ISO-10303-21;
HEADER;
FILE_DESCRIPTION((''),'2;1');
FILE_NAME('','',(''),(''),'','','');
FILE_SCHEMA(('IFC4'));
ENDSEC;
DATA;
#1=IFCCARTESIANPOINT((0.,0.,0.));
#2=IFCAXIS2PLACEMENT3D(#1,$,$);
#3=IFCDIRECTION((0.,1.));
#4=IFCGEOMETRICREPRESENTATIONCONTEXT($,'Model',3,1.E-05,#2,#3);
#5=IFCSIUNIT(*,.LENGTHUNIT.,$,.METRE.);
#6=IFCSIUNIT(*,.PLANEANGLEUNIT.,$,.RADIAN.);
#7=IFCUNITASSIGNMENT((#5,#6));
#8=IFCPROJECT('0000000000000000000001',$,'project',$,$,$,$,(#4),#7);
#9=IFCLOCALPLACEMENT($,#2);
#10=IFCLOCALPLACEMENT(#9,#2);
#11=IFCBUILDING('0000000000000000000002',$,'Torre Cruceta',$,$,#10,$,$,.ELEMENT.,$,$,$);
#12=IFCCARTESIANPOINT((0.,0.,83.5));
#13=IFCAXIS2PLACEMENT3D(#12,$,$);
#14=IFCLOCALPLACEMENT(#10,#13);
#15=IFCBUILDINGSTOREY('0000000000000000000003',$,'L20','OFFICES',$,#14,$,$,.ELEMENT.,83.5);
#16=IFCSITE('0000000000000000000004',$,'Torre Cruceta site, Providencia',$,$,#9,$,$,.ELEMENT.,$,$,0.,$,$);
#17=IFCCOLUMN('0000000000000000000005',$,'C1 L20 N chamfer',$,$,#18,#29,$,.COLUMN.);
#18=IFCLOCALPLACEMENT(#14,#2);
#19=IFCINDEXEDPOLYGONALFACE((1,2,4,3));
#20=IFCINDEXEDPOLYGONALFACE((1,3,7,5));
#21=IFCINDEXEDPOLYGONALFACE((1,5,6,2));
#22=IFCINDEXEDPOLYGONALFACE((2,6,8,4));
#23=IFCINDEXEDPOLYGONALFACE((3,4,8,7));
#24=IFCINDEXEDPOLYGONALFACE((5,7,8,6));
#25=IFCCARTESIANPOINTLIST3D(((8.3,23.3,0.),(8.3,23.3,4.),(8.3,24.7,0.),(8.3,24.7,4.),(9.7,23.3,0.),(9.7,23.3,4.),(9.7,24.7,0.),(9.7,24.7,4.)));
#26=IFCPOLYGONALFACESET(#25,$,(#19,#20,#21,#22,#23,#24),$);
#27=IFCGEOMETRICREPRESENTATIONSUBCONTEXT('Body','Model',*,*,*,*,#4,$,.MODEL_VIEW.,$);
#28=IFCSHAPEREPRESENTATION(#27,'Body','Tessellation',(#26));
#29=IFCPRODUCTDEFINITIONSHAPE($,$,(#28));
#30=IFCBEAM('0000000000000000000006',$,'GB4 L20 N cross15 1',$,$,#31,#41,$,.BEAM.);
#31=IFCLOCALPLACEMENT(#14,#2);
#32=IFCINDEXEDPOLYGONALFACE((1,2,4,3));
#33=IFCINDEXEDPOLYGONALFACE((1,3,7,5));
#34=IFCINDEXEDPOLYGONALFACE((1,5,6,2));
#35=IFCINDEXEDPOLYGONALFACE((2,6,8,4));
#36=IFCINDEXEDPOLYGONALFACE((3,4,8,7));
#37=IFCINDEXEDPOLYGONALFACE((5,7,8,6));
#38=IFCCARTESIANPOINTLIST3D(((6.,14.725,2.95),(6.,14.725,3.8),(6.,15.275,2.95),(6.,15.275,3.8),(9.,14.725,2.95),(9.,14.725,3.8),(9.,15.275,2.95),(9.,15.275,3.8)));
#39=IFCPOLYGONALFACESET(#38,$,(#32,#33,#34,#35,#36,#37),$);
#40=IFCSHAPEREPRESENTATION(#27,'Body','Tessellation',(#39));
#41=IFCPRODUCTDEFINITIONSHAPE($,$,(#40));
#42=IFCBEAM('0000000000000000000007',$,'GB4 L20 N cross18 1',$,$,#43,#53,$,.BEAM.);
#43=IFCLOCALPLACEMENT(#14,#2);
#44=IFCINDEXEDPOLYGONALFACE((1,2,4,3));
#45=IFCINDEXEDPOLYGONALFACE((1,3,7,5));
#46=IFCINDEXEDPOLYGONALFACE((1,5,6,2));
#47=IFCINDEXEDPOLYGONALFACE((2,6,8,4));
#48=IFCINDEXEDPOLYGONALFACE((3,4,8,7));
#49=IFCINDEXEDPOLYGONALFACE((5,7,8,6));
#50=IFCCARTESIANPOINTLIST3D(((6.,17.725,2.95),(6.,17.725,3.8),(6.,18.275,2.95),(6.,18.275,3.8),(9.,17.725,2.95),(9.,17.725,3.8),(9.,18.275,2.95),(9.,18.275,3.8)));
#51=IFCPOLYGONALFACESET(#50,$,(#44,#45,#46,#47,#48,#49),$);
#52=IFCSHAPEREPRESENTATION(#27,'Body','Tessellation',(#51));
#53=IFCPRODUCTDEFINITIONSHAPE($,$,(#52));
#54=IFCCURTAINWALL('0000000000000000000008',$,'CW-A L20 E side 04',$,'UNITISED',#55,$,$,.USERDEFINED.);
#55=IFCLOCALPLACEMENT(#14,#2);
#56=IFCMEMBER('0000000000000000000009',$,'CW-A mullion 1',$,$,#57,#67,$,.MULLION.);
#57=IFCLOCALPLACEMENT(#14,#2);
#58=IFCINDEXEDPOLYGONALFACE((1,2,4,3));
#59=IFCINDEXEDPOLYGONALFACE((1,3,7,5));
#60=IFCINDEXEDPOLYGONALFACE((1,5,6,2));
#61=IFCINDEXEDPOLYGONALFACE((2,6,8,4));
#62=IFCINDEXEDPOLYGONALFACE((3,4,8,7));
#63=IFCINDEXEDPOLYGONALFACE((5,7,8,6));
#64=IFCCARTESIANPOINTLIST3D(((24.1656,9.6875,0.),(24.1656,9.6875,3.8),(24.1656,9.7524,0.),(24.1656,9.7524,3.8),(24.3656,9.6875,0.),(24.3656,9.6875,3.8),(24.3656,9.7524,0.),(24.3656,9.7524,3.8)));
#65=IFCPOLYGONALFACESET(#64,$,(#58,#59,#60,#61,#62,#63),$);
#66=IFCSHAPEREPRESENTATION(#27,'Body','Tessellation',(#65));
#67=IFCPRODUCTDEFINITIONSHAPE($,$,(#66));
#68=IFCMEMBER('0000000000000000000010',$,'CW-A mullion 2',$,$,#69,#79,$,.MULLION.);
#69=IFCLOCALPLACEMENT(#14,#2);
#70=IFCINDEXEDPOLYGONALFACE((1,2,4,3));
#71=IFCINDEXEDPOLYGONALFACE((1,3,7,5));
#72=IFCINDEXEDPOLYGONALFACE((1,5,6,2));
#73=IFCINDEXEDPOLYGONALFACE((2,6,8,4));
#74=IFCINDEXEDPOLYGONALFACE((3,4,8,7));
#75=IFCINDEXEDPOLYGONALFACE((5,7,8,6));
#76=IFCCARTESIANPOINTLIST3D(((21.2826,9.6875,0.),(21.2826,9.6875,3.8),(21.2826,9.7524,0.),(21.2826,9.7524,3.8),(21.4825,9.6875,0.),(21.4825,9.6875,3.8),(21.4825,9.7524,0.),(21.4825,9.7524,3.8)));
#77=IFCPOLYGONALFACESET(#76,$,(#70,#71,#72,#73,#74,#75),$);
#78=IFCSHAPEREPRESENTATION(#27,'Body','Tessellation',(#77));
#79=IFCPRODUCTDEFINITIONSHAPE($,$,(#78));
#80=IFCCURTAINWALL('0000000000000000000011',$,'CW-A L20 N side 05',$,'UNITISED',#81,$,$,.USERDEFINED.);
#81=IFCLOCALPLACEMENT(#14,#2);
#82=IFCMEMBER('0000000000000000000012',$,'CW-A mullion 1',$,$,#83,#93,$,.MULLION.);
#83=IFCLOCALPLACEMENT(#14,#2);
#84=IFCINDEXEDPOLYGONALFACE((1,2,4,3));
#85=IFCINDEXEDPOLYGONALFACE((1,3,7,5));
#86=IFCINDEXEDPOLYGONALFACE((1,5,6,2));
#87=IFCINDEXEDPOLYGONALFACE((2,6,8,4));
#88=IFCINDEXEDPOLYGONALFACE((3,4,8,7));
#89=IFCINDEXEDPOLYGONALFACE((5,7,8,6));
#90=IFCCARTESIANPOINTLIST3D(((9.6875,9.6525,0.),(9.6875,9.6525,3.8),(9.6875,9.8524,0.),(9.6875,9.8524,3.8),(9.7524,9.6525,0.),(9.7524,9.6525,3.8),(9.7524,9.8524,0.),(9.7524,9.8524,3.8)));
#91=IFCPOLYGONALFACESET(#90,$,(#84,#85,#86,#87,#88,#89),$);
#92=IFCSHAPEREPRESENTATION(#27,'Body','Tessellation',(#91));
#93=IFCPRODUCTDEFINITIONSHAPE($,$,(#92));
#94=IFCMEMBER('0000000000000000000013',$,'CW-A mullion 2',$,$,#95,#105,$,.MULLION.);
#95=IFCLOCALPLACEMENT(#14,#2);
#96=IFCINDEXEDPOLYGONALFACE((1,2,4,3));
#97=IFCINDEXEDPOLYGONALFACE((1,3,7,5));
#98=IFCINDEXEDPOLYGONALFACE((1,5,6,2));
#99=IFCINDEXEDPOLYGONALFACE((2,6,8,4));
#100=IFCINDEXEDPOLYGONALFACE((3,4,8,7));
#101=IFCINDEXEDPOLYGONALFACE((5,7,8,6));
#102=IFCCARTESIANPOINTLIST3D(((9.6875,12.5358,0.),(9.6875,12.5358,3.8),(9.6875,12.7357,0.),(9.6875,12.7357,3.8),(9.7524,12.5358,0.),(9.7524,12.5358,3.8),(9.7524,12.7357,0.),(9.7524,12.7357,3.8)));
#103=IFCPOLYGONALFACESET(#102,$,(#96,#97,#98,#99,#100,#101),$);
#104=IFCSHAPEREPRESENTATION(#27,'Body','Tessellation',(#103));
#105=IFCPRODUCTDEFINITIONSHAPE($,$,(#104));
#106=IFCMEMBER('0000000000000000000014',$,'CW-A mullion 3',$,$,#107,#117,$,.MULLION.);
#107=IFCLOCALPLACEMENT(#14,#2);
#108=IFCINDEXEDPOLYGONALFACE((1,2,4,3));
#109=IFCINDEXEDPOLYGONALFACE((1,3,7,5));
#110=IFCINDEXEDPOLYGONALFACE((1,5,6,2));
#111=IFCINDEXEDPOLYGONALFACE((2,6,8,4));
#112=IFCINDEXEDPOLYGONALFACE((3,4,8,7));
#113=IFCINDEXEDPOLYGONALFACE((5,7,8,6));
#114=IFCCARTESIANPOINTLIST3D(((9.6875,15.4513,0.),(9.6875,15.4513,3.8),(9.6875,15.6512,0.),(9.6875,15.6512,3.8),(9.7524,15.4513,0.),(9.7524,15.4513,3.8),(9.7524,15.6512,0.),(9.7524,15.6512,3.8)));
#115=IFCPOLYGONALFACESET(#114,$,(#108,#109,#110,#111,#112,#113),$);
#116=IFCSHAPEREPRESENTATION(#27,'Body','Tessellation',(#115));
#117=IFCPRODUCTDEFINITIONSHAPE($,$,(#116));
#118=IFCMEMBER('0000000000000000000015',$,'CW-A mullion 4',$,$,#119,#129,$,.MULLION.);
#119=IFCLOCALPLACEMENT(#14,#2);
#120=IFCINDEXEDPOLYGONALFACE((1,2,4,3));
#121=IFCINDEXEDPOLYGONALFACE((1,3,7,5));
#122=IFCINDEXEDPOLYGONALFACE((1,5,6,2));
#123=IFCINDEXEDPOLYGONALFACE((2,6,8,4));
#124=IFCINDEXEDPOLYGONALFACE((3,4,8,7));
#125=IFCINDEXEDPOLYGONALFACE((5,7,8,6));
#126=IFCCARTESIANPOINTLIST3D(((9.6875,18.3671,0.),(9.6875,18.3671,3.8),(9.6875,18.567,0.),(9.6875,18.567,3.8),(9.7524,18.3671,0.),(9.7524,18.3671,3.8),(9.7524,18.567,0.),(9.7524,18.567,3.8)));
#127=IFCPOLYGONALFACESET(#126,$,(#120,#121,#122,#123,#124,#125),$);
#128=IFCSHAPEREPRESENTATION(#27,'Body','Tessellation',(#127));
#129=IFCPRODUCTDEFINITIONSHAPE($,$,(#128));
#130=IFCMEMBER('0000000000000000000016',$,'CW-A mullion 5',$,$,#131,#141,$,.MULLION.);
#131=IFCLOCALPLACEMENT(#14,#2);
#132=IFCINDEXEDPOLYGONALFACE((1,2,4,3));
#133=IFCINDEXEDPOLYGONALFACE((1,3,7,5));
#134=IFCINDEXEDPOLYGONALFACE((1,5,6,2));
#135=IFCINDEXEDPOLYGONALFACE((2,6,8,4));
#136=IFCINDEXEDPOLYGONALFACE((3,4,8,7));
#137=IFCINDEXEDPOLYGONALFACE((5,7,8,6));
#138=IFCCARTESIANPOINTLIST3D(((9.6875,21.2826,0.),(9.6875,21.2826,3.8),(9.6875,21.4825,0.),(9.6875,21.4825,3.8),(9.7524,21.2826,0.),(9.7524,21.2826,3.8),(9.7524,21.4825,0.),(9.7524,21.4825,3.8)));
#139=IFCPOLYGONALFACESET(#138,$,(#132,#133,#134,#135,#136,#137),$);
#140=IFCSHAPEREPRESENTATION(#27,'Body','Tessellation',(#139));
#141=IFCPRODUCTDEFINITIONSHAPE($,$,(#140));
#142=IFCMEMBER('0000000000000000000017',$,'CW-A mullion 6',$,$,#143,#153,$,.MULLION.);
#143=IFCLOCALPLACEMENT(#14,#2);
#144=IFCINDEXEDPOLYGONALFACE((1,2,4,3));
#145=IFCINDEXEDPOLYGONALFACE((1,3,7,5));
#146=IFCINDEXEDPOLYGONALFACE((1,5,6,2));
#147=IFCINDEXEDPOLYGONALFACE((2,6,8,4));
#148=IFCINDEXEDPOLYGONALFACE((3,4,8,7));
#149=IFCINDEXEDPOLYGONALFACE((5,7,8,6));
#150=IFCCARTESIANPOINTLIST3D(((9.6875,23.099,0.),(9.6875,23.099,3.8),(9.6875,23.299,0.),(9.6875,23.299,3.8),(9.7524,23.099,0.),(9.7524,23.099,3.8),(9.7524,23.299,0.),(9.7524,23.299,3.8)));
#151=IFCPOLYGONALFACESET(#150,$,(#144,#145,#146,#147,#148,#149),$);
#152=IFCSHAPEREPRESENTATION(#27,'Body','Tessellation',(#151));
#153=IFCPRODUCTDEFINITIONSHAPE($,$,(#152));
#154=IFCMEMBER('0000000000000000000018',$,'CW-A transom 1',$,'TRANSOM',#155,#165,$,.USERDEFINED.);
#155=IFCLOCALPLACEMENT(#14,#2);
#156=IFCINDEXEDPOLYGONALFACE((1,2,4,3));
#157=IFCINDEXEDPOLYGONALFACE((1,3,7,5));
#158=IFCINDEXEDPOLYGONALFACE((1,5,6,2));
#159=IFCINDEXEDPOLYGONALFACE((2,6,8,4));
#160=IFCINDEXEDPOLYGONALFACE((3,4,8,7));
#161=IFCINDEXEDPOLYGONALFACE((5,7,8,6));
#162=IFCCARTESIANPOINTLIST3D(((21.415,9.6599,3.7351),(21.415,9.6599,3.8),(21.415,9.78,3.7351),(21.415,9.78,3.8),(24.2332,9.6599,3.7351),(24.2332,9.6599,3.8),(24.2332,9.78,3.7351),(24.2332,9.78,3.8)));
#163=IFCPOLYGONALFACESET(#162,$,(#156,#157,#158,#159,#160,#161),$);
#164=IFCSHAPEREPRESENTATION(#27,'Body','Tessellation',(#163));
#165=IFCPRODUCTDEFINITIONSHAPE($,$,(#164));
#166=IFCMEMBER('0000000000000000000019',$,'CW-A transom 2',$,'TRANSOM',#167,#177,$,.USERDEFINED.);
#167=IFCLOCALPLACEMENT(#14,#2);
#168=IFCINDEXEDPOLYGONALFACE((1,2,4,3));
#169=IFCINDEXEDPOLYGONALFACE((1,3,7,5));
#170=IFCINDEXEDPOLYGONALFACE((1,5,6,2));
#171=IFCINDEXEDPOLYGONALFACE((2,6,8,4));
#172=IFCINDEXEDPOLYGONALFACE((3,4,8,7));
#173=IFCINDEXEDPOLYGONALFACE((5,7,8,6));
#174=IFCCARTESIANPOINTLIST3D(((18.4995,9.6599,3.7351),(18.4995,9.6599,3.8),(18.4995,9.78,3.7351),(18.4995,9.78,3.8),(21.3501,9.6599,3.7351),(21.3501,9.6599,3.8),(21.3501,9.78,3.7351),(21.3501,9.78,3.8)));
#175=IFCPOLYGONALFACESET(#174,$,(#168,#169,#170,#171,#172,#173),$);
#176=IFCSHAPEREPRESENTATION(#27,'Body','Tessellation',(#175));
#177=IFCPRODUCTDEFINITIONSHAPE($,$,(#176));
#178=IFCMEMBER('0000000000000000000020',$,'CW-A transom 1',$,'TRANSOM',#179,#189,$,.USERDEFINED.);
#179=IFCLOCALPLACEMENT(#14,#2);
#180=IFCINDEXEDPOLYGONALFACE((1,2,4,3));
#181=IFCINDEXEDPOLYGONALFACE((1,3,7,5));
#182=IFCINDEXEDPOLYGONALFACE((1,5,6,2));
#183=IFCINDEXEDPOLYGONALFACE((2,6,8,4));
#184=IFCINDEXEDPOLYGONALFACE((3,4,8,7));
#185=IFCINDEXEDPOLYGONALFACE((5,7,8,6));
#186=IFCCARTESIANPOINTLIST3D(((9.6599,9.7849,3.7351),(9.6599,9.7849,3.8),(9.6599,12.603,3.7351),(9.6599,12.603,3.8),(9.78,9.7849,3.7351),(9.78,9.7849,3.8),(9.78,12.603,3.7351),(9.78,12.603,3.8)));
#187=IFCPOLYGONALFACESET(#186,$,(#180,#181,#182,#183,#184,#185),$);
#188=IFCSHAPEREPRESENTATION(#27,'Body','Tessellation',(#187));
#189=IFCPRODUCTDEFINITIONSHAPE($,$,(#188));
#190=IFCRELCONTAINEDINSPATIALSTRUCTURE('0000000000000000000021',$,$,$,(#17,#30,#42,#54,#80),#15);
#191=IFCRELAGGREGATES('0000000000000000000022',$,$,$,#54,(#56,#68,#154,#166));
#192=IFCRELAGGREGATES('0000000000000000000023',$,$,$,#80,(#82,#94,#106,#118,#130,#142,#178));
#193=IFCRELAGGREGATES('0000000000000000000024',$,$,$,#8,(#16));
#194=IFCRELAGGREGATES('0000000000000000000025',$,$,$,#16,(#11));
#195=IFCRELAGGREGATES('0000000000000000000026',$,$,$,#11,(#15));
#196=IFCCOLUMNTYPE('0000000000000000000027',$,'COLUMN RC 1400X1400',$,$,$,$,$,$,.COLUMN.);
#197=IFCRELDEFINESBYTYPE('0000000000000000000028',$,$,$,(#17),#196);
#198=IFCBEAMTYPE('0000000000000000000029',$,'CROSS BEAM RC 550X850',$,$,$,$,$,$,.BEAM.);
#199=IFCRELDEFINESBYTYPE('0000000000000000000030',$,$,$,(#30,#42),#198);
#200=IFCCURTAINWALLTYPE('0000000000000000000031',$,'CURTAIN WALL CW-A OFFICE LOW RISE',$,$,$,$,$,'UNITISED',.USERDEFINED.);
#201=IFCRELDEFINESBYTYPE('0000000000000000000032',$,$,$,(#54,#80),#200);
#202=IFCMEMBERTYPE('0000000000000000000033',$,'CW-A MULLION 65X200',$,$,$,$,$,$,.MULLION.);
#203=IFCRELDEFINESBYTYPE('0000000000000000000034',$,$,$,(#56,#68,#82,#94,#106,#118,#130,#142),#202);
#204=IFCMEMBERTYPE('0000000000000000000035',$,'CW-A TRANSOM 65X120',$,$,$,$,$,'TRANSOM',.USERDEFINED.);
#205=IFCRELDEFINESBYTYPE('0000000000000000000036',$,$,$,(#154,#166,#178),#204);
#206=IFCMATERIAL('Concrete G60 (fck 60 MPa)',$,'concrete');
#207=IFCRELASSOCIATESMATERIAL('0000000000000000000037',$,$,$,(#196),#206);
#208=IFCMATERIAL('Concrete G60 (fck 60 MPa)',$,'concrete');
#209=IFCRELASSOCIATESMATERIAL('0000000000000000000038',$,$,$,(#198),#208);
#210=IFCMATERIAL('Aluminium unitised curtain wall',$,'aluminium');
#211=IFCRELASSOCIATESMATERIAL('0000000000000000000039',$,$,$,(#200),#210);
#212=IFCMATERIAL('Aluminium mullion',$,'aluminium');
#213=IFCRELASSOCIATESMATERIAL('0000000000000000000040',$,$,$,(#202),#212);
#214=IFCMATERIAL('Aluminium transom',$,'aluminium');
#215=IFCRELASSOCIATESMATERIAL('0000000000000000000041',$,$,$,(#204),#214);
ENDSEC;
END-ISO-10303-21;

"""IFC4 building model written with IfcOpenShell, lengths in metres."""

from ifc_helpers import new_model, si_unit, direction, frame, origin, origin_2d, place, context, subcontext, project, spatial, rectangle, extrude, material, material_profile, profile_set, type_object, element, aggregate, save


model = new_model("IFC4")

# Units and contexts
model_context = context("Model", 3, precision=1e-05, world=origin(), true_north=direction((0.0, 1.0)))
body_context = subcontext(model_context, "Body", "Model", "MODEL_VIEW")
ifc_project = project(units=[si_unit("LENGTHUNIT", "METRE"), si_unit("PLANEANGLEUNIT", "RADIAN")], contexts=[model_context])

# Site, building, storey
site_placement = place(None, origin())
site = spatial("IfcSite", under=ifc_project, at=site_placement, Name="Torre Cruceta site, Providencia", CompositionType="ELEMENT", RefElevation=0.0)
building_placement = place(site_placement, origin())
building = spatial("IfcBuilding", under=site, at=building_placement, Name="Torre Cruceta", CompositionType="ELEMENT")
storey_placement = place(building_placement, frame((0.0, 0.0, 83.5)))
storey = spatial("IfcBuildingStorey", under=building, at=storey_placement, Name="L20", Description="OFFICES", CompositionType="ELEMENT", Elevation=83.5)

# Column
ifc_material_1 = material(Name="Concrete G60 (fck 60 MPa)", Category="concrete")
ifc_material_profile_1 = material_profile(ifc_material_1, rectangle(XDim=1.3999, YDim=1.3999, at=origin_2d()), Name="RC 1400X1400")
ifc_profile_set_1 = profile_set([ifc_material_profile_1], Name="Concrete G60 (fck 60 MPa)")
column_type = type_object("IfcColumnType", Name="COLUMN RC 1400X1400", PredefinedType="COLUMN", material=ifc_profile_set_1)
column_placement = place(storey_placement, frame((9.0, 24.0, 0.0), z_axis=(0.0, 0.0, 1.0), x_axis=(1.0, 0.0, 0.0)))
element("IfcColumn", 1, at=column_placement, inside=storey, type_object=column_type, Name="C1 L20 N chamfer", PredefinedType="COLUMN", context=body_context, shape_type="SweptSolid", body=[
    extrude(rectangle(XDim=1.3999, YDim=1.3999, at=origin_2d()), origin(), (0.0, 0.0, 1.0), 4.0),
])

# Beams
ifc_material_2 = material(Name="Concrete G60 (fck 60 MPa)", Category="concrete")
ifc_material_profile_2 = material_profile(ifc_material_2, rectangle(XDim=0.55, YDim=0.8501, at=origin_2d()), Name="RC 550X850")
ifc_profile_set_2 = profile_set([ifc_material_profile_2], Name="Concrete G60 (fck 60 MPa)")
beam_type_1 = type_object("IfcBeamType", Name="CROSS BEAM RC 550X850", PredefinedType="BEAM", material=ifc_profile_set_2)
for number, where, z_axis, x_axis, name in (
    (2, (9.0, 15.0, 3.375), (-1.0, 0.0, 0.0), (0.0, -1.0, 0.0), "GB4 L20 N cross15 1"),
    (3, (9.0, 18.0, 3.375), (-1.0, 0.0, 0.0), (0.0, -1.0, 0.0), "GB4 L20 N cross18 1"),
):
    element("IfcBeam", number, at=place(storey_placement, frame(where, z_axis=z_axis, x_axis=x_axis)), inside=storey, type_object=beam_type_1, Name=name, PredefinedType="BEAM", context=body_context, shape_type="SweptSolid", body=[
        extrude(rectangle(XDim=0.55, YDim=0.8501, at=origin_2d()), origin(), (0.0, 0.0, 1.0), 3.0),
    ])

# Curtain walls, members
ifc_material_3 = material(Name="Aluminium unitised curtain wall", Category="aluminium")
curtain_wall_type = type_object("IfcCurtainWallType", Name="CURTAIN WALL CW-A OFFICE LOW RISE", ElementType="UNITISED", PredefinedType="USERDEFINED", material=ifc_material_3)
curtain_wall_1_placement = place(storey_placement, origin())
curtain_wall_1 = element("IfcCurtainWall", 4, at=curtain_wall_1_placement, inside=storey, type_object=curtain_wall_type, Name="CW-A L20 E side 04", ObjectType="UNITISED", PredefinedType="USERDEFINED")
ifc_material_4 = material(Name="Aluminium mullion", Category="aluminium")
ifc_material_profile_3 = material_profile(ifc_material_4, rectangle(XDim=0.0649, YDim=0.2, at=origin_2d()), Name="AL 65X200")
ifc_profile_set_3 = profile_set([ifc_material_profile_3], Name="Aluminium mullion")
member_type_1 = type_object("IfcMemberType", Name="CW-A MULLION 65X200", PredefinedType="MULLION", material=ifc_profile_set_3)
member_1_placement = place(storey_placement, frame((24.2656, 9.72, 0.0), z_axis=(0.0, 0.0, 1.0), x_axis=(0.0, -1.0, 0.0)))
member_1 = element("IfcMember", 5, at=member_1_placement, type_object=member_type_1, Name="CW-A mullion 1", PredefinedType="MULLION", context=body_context, shape_type="SweptSolid", body=[
    extrude(rectangle(XDim=0.0649, YDim=0.2, at=origin_2d()), origin(), (0.0, 0.0, 1.0), 3.8),
])
member_2_placement = place(storey_placement, frame((21.3826, 9.72, 0.0), z_axis=(0.0, 0.0, 1.0), x_axis=(0.0, -1.0, 0.0)))
member_2 = element("IfcMember", 6, at=member_2_placement, type_object=member_type_1, Name="CW-A mullion 2", PredefinedType="MULLION", context=body_context, shape_type="SweptSolid", body=[
    extrude(rectangle(XDim=0.0649, YDim=0.2, at=origin_2d()), origin(), (0.0, 0.0, 1.0), 3.8),
])
curtain_wall_2_placement = place(storey_placement, origin())
curtain_wall_2 = element("IfcCurtainWall", 7, at=curtain_wall_2_placement, inside=storey, type_object=curtain_wall_type, Name="CW-A L20 N side 05", ObjectType="UNITISED", PredefinedType="USERDEFINED")
member_3_placement = place(storey_placement, frame((9.72, 9.7524, 0.0), z_axis=(0.0, 0.0, 1.0), x_axis=(-1.0, 0.0, 0.0)))
member_3 = element("IfcMember", 8, at=member_3_placement, type_object=member_type_1, Name="CW-A mullion 1", PredefinedType="MULLION", context=body_context, shape_type="SweptSolid", body=[
    extrude(rectangle(XDim=0.0649, YDim=0.2, at=origin_2d()), origin(), (0.0, 0.0, 1.0), 3.8),
])
member_4_placement = place(storey_placement, frame((9.72, 12.6357, 0.0), z_axis=(0.0, 0.0, 1.0), x_axis=(-1.0, 0.0, 0.0)))
member_4 = element("IfcMember", 9, at=member_4_placement, type_object=member_type_1, Name="CW-A mullion 2", PredefinedType="MULLION", context=body_context, shape_type="SweptSolid", body=[
    extrude(rectangle(XDim=0.0649, YDim=0.2, at=origin_2d()), origin(), (0.0, 0.0, 1.0), 3.8),
])
member_5_placement = place(storey_placement, frame((9.72, 15.5513, 0.0), z_axis=(0.0, 0.0, 1.0), x_axis=(-1.0, 0.0, 0.0)))
member_5 = element("IfcMember", 10, at=member_5_placement, type_object=member_type_1, Name="CW-A mullion 3", PredefinedType="MULLION", context=body_context, shape_type="SweptSolid", body=[
    extrude(rectangle(XDim=0.0649, YDim=0.2, at=origin_2d()), origin(), (0.0, 0.0, 1.0), 3.8),
])
member_6_placement = place(storey_placement, frame((9.72, 18.467, 0.0), z_axis=(0.0, 0.0, 1.0), x_axis=(-1.0, 0.0, 0.0)))
member_6 = element("IfcMember", 11, at=member_6_placement, type_object=member_type_1, Name="CW-A mullion 4", PredefinedType="MULLION", context=body_context, shape_type="SweptSolid", body=[
    extrude(rectangle(XDim=0.0649, YDim=0.2, at=origin_2d()), origin(), (0.0, 0.0, 1.0), 3.8),
])
member_7_placement = place(storey_placement, frame((9.72, 21.3826, 0.0), z_axis=(0.0, 0.0, 1.0), x_axis=(-1.0, 0.0, 0.0)))
member_7 = element("IfcMember", 12, at=member_7_placement, type_object=member_type_1, Name="CW-A mullion 5", PredefinedType="MULLION", context=body_context, shape_type="SweptSolid", body=[
    extrude(rectangle(XDim=0.0649, YDim=0.2, at=origin_2d()), origin(), (0.0, 0.0, 1.0), 3.8),
])
member_8_placement = place(storey_placement, frame((9.72, 23.199, 0.0), z_axis=(0.0, 0.0, 1.0), x_axis=(-1.0, 0.0, 0.0)))
member_8 = element("IfcMember", 13, at=member_8_placement, type_object=member_type_1, Name="CW-A mullion 6", PredefinedType="MULLION", context=body_context, shape_type="SweptSolid", body=[
    extrude(rectangle(XDim=0.0649, YDim=0.2, at=origin_2d()), origin(), (0.0, 0.0, 1.0), 3.8),
])

# Members
ifc_material_5 = material(Name="Aluminium transom", Category="aluminium")
ifc_material_profile_4 = material_profile(ifc_material_5, rectangle(XDim=0.1201, YDim=0.0649, at=origin_2d()), Name="AL 120X65")
ifc_profile_set_4 = profile_set([ifc_material_profile_4], Name="Aluminium transom")
member_type_2 = type_object("IfcMemberType", Name="CW-A TRANSOM 65X120", ElementType="TRANSOM", PredefinedType="USERDEFINED", material=ifc_profile_set_4)
member_9_placement = place(storey_placement, frame((24.2332, 9.72, 3.7676), z_axis=(-1.0, 0.0, 0.0), x_axis=(0.0, -1.0, 0.0)))
member_9 = element("IfcMember", 14, at=member_9_placement, type_object=member_type_2, Name="CW-A transom 1", ObjectType="TRANSOM", PredefinedType="USERDEFINED", context=body_context, shape_type="SweptSolid", body=[
    extrude(rectangle(XDim=0.1201, YDim=0.0649, at=origin_2d()), origin(), (0.0, 0.0, 1.0), 2.8181),
])
member_10_placement = place(storey_placement, frame((21.3501, 9.72, 3.7676), z_axis=(-1.0, 0.0, 0.0), x_axis=(0.0, -1.0, 0.0)))
member_10 = element("IfcMember", 15, at=member_10_placement, type_object=member_type_2, Name="CW-A transom 2", ObjectType="TRANSOM", PredefinedType="USERDEFINED", context=body_context, shape_type="SweptSolid", body=[
    extrude(rectangle(XDim=0.1201, YDim=0.0649, at=origin_2d()), origin(), (0.0, 0.0, 1.0), 2.8506),
])
member_11_placement = place(storey_placement, frame((9.72, 9.7849, 3.7676), z_axis=(0.0, 1.0, 0.0), x_axis=(-1.0, 0.0, 0.0)))
member_11 = element("IfcMember", 16, at=member_11_placement, type_object=member_type_2, Name="CW-A transom 1", ObjectType="TRANSOM", PredefinedType="USERDEFINED", context=body_context, shape_type="SweptSolid", body=[
    extrude(rectangle(XDim=0.1201, YDim=0.0649, at=origin_2d()), origin(), (0.0, 0.0, 1.0), 2.8181),
])

aggregate(curtain_wall_1, [member_1, member_2, member_9, member_10])
aggregate(curtain_wall_2, [member_3, member_4, member_5, member_6, member_7, member_8, member_11])

save(model, "model.ifc")
